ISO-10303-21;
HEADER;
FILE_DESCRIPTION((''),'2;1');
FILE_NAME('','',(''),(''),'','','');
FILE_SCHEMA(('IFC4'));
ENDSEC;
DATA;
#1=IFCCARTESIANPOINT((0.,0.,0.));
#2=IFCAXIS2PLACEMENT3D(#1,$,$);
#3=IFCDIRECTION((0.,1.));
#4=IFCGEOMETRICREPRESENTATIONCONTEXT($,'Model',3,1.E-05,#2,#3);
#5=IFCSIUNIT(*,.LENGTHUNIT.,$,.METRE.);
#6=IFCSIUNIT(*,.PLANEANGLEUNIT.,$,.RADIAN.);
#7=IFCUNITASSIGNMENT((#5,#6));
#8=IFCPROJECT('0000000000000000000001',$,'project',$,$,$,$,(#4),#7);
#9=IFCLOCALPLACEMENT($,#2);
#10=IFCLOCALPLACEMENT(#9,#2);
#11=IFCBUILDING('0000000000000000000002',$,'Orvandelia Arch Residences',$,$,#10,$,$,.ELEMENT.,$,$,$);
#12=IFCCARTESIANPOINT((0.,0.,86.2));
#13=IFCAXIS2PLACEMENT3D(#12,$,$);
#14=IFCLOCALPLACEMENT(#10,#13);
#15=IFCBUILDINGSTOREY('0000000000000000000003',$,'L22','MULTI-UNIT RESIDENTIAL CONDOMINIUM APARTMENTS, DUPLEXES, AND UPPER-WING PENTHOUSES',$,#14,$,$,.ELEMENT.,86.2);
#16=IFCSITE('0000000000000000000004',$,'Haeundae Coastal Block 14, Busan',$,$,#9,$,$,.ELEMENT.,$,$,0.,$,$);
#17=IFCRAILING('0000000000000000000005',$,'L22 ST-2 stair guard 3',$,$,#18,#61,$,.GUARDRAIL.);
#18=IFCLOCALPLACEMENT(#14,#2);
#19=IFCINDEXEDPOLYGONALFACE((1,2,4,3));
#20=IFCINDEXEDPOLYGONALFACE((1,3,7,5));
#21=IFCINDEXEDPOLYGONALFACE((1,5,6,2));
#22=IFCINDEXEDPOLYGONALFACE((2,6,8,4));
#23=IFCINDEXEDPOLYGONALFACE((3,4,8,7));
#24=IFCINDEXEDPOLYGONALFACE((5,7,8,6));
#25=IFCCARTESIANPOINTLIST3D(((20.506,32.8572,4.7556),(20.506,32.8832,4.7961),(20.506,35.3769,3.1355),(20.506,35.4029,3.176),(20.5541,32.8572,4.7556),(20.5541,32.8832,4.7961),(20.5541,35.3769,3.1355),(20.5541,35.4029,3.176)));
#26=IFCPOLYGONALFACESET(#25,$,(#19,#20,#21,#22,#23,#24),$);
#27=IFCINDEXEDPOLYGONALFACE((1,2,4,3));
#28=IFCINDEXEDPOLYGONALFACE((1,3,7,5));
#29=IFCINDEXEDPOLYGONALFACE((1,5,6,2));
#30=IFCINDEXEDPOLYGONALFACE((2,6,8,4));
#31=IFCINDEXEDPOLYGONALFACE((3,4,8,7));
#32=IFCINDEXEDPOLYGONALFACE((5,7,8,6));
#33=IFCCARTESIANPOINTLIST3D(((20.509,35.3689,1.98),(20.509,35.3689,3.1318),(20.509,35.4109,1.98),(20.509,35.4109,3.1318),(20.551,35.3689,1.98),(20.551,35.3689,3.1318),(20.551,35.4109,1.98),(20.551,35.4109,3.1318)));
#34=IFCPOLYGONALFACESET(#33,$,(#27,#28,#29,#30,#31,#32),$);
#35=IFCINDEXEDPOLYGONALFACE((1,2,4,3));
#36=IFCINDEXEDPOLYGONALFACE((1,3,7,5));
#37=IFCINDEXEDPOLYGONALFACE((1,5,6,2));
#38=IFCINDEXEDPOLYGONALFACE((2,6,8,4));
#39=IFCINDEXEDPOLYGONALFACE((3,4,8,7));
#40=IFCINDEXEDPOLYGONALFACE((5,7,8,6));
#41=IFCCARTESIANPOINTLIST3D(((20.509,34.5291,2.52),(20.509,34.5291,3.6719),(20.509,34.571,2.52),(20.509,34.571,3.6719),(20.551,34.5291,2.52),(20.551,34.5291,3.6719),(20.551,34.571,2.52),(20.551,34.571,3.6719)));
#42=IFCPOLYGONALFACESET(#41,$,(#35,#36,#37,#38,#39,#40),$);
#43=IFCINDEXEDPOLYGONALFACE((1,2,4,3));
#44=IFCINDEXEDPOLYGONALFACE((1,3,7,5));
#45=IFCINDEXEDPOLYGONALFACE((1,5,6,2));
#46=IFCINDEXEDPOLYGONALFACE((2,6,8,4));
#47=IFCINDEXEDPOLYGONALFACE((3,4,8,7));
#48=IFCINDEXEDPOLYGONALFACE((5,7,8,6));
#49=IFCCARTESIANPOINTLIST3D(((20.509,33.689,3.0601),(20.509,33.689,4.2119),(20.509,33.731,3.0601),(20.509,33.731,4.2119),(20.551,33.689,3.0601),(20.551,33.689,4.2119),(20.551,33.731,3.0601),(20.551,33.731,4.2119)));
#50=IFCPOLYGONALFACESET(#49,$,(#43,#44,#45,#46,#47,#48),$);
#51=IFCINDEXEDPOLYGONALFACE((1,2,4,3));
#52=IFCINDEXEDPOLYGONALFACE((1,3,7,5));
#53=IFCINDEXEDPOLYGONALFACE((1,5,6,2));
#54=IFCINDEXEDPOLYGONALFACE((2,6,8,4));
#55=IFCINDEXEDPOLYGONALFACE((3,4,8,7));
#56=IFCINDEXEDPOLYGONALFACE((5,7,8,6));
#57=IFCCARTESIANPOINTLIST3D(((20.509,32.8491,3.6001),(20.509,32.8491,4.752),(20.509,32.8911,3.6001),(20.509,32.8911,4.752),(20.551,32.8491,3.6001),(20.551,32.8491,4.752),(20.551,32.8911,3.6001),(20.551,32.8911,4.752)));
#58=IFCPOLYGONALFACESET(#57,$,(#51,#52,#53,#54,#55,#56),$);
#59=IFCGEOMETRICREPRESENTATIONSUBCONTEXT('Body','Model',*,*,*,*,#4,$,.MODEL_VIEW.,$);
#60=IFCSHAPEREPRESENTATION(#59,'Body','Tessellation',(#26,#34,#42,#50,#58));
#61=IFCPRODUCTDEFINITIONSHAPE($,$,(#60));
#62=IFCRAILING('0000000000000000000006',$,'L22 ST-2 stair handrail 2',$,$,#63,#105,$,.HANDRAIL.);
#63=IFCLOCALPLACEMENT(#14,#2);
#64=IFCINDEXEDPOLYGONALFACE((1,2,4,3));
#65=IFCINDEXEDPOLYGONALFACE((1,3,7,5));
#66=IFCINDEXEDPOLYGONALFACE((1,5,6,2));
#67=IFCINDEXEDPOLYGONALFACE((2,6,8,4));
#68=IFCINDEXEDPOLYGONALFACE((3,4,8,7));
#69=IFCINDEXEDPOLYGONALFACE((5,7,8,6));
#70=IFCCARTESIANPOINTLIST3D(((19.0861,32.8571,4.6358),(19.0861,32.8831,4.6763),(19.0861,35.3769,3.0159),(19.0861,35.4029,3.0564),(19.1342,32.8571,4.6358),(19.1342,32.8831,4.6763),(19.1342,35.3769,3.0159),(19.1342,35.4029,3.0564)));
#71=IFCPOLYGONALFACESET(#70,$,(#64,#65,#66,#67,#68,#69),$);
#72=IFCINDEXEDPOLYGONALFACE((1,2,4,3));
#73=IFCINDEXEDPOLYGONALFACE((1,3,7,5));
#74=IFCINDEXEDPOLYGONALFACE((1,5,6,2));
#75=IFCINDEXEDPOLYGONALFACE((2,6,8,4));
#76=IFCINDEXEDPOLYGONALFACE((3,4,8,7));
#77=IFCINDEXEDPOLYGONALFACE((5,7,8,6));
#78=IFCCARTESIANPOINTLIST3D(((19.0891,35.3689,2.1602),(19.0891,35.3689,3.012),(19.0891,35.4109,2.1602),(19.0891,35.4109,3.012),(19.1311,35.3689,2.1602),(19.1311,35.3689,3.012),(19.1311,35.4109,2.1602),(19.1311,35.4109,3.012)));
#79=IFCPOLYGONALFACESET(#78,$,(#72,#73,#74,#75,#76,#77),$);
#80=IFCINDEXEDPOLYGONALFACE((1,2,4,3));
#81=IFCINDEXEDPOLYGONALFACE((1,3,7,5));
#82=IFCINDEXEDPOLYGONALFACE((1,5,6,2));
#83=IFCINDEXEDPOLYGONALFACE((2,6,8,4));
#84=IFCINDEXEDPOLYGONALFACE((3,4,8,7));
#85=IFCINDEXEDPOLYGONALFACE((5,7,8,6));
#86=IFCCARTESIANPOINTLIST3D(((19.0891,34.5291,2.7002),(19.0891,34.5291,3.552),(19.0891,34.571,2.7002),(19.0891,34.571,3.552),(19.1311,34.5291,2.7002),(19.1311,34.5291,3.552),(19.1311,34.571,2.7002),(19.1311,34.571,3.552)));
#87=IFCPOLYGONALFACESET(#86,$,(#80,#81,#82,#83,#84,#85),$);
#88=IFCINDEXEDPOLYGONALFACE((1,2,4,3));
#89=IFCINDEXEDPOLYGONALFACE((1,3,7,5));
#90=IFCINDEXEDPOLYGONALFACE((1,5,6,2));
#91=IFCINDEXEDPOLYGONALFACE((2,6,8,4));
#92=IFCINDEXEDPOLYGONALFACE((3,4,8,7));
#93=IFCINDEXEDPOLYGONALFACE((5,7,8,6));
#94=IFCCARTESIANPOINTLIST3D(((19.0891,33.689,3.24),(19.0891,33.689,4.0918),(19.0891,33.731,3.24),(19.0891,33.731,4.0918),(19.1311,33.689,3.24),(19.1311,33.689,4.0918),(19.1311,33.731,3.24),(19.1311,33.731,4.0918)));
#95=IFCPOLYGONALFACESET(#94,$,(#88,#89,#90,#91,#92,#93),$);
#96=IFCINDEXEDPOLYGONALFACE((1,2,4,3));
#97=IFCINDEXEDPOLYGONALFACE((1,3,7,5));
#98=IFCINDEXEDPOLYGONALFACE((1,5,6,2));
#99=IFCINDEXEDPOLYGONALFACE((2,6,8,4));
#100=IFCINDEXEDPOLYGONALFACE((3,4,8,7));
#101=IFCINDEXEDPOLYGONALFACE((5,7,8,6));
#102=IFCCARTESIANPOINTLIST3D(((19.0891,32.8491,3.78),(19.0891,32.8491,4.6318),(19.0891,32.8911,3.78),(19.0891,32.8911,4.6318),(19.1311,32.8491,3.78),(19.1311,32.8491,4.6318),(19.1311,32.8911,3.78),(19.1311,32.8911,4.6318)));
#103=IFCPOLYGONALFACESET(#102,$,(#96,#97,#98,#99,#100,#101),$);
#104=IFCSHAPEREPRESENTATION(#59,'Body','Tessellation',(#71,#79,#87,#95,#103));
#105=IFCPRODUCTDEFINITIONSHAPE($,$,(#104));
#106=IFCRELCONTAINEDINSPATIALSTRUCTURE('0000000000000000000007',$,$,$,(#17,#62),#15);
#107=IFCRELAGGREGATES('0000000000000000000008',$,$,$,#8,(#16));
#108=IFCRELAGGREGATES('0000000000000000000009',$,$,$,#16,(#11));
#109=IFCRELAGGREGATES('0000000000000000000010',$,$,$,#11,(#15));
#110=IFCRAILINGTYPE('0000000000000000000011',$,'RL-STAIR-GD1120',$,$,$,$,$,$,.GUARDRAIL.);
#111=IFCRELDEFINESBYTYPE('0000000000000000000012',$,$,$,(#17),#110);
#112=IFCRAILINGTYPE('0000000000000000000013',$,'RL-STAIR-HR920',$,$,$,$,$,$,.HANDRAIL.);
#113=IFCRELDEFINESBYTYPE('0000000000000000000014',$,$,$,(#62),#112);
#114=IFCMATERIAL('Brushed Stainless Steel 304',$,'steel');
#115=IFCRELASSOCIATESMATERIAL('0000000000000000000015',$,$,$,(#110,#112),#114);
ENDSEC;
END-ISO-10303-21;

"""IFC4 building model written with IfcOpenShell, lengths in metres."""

from ifc_helpers import new_model, si_unit, direction, frame, origin, origin_2d, place, context, subcontext, project, spatial, rectangle, extrude, material, type_object, element, save


model = new_model("IFC4")

# Units and contexts
model_context = context("Model", 3, precision=1e-05, world=origin(), true_north=direction((0.0, 1.0)))
body_context = subcontext(model_context, "Body", "Model", "MODEL_VIEW")
ifc_project = project(units=[si_unit("LENGTHUNIT", "METRE"), si_unit("PLANEANGLEUNIT", "RADIAN")], contexts=[model_context])

# Site, building, storey
site_placement = place(None, origin())
site = spatial("IfcSite", under=ifc_project, at=site_placement, Name="Haeundae Coastal Block 14, Busan", CompositionType="ELEMENT", RefElevation=0.0)
building_placement = place(site_placement, origin())
building = spatial("IfcBuilding", under=site, at=building_placement, Name="Orvandelia Arch Residences", CompositionType="ELEMENT")
storey_placement = place(building_placement, frame((0.0, 0.0, 86.2)))
storey = spatial("IfcBuildingStorey", under=building, at=storey_placement, Name="L22", Description="MULTI-UNIT RESIDENTIAL CONDOMINIUM APARTMENTS, DUPLEXES, AND UPPER-WING PENTHOUSES", CompositionType="ELEMENT", Elevation=86.2)

# Railings
ifc_material_1 = material(Name="Brushed Stainless Steel 304", Category="steel")
railing_type_1 = type_object("IfcRailingType", Name="RL-STAIR-GD1120", PredefinedType="GUARDRAIL", material=ifc_material_1)
railing_1_placement = place(storey_placement, frame((20.53, 35.3899, 1.98)))
element("IfcRailing", 1, at=railing_1_placement, inside=storey, type_object=railing_type_1, Name="L22 ST-2 stair guard 3", PredefinedType="GUARDRAIL", context=body_context, shape_type="SweptSolid", body=[
    extrude(rectangle(XDim=0.0481, YDim=0.0481, at=origin_2d()), frame((0.0, 0.0, 1.1758), z_axis=(0.0, -0.841139, 0.540819), x_axis=(1.0, 0.0, 0.0)), (0.0, 0.0, 1.0), 2.9956),
    extrude(rectangle(XDim=0.042, YDim=0.042, at=origin_2d()), origin(), (0.0, 0.0, 1.0), 1.1519),
    extrude(rectangle(XDim=0.042, YDim=0.042, at=origin_2d()), frame((0.0, -0.8398, 0.54)), (0.0, 0.0, 1.0), 1.1519),
    extrude(rectangle(XDim=0.042, YDim=0.042, at=origin_2d()), frame((0.0, -1.6799, 1.0801)), (0.0, 0.0, 1.0), 1.1519),
    extrude(rectangle(XDim=0.042, YDim=0.042, at=origin_2d()), frame((0.0, -2.5198, 1.6201)), (0.0, 0.0, 1.0), 1.1519),
])
railing_type_2 = type_object("IfcRailingType", Name="RL-STAIR-HR920", PredefinedType="HANDRAIL", material=ifc_material_1)
railing_2_placement = place(storey_placement, frame((19.1101, 35.3899, 2.1602)))
element("IfcRailing", 2, at=railing_2_placement, inside=storey, type_object=railing_type_2, Name="L22 ST-2 stair handrail 2", PredefinedType="HANDRAIL", context=body_context, shape_type="SweptSolid", body=[
    extrude(rectangle(XDim=0.0481, YDim=0.0481, at=origin_2d()), frame((0.0, 0.0, 0.876), z_axis=(0.0, -0.841176, 0.540762), x_axis=(1.0, 0.0, 0.0)), (0.0, 0.0, 1.0), 2.9956),
    extrude(rectangle(XDim=0.042, YDim=0.042, at=origin_2d()), origin(), (0.0, 0.0, 1.0), 0.8518),
    extrude(rectangle(XDim=0.042, YDim=0.042, at=origin_2d()), frame((0.0, -0.8398, 0.54)), (0.0, 0.0, 1.0), 0.8518),
    extrude(rectangle(XDim=0.042, YDim=0.042, at=origin_2d()), frame((0.0, -1.6799, 1.0798)), (0.0, 0.0, 1.0), 0.8518),
    extrude(rectangle(XDim=0.042, YDim=0.042, at=origin_2d()), frame((0.0, -2.5198, 1.6199)), (0.0, 0.0, 1.0), 0.8518),
])

save(model, "model.ifc")
